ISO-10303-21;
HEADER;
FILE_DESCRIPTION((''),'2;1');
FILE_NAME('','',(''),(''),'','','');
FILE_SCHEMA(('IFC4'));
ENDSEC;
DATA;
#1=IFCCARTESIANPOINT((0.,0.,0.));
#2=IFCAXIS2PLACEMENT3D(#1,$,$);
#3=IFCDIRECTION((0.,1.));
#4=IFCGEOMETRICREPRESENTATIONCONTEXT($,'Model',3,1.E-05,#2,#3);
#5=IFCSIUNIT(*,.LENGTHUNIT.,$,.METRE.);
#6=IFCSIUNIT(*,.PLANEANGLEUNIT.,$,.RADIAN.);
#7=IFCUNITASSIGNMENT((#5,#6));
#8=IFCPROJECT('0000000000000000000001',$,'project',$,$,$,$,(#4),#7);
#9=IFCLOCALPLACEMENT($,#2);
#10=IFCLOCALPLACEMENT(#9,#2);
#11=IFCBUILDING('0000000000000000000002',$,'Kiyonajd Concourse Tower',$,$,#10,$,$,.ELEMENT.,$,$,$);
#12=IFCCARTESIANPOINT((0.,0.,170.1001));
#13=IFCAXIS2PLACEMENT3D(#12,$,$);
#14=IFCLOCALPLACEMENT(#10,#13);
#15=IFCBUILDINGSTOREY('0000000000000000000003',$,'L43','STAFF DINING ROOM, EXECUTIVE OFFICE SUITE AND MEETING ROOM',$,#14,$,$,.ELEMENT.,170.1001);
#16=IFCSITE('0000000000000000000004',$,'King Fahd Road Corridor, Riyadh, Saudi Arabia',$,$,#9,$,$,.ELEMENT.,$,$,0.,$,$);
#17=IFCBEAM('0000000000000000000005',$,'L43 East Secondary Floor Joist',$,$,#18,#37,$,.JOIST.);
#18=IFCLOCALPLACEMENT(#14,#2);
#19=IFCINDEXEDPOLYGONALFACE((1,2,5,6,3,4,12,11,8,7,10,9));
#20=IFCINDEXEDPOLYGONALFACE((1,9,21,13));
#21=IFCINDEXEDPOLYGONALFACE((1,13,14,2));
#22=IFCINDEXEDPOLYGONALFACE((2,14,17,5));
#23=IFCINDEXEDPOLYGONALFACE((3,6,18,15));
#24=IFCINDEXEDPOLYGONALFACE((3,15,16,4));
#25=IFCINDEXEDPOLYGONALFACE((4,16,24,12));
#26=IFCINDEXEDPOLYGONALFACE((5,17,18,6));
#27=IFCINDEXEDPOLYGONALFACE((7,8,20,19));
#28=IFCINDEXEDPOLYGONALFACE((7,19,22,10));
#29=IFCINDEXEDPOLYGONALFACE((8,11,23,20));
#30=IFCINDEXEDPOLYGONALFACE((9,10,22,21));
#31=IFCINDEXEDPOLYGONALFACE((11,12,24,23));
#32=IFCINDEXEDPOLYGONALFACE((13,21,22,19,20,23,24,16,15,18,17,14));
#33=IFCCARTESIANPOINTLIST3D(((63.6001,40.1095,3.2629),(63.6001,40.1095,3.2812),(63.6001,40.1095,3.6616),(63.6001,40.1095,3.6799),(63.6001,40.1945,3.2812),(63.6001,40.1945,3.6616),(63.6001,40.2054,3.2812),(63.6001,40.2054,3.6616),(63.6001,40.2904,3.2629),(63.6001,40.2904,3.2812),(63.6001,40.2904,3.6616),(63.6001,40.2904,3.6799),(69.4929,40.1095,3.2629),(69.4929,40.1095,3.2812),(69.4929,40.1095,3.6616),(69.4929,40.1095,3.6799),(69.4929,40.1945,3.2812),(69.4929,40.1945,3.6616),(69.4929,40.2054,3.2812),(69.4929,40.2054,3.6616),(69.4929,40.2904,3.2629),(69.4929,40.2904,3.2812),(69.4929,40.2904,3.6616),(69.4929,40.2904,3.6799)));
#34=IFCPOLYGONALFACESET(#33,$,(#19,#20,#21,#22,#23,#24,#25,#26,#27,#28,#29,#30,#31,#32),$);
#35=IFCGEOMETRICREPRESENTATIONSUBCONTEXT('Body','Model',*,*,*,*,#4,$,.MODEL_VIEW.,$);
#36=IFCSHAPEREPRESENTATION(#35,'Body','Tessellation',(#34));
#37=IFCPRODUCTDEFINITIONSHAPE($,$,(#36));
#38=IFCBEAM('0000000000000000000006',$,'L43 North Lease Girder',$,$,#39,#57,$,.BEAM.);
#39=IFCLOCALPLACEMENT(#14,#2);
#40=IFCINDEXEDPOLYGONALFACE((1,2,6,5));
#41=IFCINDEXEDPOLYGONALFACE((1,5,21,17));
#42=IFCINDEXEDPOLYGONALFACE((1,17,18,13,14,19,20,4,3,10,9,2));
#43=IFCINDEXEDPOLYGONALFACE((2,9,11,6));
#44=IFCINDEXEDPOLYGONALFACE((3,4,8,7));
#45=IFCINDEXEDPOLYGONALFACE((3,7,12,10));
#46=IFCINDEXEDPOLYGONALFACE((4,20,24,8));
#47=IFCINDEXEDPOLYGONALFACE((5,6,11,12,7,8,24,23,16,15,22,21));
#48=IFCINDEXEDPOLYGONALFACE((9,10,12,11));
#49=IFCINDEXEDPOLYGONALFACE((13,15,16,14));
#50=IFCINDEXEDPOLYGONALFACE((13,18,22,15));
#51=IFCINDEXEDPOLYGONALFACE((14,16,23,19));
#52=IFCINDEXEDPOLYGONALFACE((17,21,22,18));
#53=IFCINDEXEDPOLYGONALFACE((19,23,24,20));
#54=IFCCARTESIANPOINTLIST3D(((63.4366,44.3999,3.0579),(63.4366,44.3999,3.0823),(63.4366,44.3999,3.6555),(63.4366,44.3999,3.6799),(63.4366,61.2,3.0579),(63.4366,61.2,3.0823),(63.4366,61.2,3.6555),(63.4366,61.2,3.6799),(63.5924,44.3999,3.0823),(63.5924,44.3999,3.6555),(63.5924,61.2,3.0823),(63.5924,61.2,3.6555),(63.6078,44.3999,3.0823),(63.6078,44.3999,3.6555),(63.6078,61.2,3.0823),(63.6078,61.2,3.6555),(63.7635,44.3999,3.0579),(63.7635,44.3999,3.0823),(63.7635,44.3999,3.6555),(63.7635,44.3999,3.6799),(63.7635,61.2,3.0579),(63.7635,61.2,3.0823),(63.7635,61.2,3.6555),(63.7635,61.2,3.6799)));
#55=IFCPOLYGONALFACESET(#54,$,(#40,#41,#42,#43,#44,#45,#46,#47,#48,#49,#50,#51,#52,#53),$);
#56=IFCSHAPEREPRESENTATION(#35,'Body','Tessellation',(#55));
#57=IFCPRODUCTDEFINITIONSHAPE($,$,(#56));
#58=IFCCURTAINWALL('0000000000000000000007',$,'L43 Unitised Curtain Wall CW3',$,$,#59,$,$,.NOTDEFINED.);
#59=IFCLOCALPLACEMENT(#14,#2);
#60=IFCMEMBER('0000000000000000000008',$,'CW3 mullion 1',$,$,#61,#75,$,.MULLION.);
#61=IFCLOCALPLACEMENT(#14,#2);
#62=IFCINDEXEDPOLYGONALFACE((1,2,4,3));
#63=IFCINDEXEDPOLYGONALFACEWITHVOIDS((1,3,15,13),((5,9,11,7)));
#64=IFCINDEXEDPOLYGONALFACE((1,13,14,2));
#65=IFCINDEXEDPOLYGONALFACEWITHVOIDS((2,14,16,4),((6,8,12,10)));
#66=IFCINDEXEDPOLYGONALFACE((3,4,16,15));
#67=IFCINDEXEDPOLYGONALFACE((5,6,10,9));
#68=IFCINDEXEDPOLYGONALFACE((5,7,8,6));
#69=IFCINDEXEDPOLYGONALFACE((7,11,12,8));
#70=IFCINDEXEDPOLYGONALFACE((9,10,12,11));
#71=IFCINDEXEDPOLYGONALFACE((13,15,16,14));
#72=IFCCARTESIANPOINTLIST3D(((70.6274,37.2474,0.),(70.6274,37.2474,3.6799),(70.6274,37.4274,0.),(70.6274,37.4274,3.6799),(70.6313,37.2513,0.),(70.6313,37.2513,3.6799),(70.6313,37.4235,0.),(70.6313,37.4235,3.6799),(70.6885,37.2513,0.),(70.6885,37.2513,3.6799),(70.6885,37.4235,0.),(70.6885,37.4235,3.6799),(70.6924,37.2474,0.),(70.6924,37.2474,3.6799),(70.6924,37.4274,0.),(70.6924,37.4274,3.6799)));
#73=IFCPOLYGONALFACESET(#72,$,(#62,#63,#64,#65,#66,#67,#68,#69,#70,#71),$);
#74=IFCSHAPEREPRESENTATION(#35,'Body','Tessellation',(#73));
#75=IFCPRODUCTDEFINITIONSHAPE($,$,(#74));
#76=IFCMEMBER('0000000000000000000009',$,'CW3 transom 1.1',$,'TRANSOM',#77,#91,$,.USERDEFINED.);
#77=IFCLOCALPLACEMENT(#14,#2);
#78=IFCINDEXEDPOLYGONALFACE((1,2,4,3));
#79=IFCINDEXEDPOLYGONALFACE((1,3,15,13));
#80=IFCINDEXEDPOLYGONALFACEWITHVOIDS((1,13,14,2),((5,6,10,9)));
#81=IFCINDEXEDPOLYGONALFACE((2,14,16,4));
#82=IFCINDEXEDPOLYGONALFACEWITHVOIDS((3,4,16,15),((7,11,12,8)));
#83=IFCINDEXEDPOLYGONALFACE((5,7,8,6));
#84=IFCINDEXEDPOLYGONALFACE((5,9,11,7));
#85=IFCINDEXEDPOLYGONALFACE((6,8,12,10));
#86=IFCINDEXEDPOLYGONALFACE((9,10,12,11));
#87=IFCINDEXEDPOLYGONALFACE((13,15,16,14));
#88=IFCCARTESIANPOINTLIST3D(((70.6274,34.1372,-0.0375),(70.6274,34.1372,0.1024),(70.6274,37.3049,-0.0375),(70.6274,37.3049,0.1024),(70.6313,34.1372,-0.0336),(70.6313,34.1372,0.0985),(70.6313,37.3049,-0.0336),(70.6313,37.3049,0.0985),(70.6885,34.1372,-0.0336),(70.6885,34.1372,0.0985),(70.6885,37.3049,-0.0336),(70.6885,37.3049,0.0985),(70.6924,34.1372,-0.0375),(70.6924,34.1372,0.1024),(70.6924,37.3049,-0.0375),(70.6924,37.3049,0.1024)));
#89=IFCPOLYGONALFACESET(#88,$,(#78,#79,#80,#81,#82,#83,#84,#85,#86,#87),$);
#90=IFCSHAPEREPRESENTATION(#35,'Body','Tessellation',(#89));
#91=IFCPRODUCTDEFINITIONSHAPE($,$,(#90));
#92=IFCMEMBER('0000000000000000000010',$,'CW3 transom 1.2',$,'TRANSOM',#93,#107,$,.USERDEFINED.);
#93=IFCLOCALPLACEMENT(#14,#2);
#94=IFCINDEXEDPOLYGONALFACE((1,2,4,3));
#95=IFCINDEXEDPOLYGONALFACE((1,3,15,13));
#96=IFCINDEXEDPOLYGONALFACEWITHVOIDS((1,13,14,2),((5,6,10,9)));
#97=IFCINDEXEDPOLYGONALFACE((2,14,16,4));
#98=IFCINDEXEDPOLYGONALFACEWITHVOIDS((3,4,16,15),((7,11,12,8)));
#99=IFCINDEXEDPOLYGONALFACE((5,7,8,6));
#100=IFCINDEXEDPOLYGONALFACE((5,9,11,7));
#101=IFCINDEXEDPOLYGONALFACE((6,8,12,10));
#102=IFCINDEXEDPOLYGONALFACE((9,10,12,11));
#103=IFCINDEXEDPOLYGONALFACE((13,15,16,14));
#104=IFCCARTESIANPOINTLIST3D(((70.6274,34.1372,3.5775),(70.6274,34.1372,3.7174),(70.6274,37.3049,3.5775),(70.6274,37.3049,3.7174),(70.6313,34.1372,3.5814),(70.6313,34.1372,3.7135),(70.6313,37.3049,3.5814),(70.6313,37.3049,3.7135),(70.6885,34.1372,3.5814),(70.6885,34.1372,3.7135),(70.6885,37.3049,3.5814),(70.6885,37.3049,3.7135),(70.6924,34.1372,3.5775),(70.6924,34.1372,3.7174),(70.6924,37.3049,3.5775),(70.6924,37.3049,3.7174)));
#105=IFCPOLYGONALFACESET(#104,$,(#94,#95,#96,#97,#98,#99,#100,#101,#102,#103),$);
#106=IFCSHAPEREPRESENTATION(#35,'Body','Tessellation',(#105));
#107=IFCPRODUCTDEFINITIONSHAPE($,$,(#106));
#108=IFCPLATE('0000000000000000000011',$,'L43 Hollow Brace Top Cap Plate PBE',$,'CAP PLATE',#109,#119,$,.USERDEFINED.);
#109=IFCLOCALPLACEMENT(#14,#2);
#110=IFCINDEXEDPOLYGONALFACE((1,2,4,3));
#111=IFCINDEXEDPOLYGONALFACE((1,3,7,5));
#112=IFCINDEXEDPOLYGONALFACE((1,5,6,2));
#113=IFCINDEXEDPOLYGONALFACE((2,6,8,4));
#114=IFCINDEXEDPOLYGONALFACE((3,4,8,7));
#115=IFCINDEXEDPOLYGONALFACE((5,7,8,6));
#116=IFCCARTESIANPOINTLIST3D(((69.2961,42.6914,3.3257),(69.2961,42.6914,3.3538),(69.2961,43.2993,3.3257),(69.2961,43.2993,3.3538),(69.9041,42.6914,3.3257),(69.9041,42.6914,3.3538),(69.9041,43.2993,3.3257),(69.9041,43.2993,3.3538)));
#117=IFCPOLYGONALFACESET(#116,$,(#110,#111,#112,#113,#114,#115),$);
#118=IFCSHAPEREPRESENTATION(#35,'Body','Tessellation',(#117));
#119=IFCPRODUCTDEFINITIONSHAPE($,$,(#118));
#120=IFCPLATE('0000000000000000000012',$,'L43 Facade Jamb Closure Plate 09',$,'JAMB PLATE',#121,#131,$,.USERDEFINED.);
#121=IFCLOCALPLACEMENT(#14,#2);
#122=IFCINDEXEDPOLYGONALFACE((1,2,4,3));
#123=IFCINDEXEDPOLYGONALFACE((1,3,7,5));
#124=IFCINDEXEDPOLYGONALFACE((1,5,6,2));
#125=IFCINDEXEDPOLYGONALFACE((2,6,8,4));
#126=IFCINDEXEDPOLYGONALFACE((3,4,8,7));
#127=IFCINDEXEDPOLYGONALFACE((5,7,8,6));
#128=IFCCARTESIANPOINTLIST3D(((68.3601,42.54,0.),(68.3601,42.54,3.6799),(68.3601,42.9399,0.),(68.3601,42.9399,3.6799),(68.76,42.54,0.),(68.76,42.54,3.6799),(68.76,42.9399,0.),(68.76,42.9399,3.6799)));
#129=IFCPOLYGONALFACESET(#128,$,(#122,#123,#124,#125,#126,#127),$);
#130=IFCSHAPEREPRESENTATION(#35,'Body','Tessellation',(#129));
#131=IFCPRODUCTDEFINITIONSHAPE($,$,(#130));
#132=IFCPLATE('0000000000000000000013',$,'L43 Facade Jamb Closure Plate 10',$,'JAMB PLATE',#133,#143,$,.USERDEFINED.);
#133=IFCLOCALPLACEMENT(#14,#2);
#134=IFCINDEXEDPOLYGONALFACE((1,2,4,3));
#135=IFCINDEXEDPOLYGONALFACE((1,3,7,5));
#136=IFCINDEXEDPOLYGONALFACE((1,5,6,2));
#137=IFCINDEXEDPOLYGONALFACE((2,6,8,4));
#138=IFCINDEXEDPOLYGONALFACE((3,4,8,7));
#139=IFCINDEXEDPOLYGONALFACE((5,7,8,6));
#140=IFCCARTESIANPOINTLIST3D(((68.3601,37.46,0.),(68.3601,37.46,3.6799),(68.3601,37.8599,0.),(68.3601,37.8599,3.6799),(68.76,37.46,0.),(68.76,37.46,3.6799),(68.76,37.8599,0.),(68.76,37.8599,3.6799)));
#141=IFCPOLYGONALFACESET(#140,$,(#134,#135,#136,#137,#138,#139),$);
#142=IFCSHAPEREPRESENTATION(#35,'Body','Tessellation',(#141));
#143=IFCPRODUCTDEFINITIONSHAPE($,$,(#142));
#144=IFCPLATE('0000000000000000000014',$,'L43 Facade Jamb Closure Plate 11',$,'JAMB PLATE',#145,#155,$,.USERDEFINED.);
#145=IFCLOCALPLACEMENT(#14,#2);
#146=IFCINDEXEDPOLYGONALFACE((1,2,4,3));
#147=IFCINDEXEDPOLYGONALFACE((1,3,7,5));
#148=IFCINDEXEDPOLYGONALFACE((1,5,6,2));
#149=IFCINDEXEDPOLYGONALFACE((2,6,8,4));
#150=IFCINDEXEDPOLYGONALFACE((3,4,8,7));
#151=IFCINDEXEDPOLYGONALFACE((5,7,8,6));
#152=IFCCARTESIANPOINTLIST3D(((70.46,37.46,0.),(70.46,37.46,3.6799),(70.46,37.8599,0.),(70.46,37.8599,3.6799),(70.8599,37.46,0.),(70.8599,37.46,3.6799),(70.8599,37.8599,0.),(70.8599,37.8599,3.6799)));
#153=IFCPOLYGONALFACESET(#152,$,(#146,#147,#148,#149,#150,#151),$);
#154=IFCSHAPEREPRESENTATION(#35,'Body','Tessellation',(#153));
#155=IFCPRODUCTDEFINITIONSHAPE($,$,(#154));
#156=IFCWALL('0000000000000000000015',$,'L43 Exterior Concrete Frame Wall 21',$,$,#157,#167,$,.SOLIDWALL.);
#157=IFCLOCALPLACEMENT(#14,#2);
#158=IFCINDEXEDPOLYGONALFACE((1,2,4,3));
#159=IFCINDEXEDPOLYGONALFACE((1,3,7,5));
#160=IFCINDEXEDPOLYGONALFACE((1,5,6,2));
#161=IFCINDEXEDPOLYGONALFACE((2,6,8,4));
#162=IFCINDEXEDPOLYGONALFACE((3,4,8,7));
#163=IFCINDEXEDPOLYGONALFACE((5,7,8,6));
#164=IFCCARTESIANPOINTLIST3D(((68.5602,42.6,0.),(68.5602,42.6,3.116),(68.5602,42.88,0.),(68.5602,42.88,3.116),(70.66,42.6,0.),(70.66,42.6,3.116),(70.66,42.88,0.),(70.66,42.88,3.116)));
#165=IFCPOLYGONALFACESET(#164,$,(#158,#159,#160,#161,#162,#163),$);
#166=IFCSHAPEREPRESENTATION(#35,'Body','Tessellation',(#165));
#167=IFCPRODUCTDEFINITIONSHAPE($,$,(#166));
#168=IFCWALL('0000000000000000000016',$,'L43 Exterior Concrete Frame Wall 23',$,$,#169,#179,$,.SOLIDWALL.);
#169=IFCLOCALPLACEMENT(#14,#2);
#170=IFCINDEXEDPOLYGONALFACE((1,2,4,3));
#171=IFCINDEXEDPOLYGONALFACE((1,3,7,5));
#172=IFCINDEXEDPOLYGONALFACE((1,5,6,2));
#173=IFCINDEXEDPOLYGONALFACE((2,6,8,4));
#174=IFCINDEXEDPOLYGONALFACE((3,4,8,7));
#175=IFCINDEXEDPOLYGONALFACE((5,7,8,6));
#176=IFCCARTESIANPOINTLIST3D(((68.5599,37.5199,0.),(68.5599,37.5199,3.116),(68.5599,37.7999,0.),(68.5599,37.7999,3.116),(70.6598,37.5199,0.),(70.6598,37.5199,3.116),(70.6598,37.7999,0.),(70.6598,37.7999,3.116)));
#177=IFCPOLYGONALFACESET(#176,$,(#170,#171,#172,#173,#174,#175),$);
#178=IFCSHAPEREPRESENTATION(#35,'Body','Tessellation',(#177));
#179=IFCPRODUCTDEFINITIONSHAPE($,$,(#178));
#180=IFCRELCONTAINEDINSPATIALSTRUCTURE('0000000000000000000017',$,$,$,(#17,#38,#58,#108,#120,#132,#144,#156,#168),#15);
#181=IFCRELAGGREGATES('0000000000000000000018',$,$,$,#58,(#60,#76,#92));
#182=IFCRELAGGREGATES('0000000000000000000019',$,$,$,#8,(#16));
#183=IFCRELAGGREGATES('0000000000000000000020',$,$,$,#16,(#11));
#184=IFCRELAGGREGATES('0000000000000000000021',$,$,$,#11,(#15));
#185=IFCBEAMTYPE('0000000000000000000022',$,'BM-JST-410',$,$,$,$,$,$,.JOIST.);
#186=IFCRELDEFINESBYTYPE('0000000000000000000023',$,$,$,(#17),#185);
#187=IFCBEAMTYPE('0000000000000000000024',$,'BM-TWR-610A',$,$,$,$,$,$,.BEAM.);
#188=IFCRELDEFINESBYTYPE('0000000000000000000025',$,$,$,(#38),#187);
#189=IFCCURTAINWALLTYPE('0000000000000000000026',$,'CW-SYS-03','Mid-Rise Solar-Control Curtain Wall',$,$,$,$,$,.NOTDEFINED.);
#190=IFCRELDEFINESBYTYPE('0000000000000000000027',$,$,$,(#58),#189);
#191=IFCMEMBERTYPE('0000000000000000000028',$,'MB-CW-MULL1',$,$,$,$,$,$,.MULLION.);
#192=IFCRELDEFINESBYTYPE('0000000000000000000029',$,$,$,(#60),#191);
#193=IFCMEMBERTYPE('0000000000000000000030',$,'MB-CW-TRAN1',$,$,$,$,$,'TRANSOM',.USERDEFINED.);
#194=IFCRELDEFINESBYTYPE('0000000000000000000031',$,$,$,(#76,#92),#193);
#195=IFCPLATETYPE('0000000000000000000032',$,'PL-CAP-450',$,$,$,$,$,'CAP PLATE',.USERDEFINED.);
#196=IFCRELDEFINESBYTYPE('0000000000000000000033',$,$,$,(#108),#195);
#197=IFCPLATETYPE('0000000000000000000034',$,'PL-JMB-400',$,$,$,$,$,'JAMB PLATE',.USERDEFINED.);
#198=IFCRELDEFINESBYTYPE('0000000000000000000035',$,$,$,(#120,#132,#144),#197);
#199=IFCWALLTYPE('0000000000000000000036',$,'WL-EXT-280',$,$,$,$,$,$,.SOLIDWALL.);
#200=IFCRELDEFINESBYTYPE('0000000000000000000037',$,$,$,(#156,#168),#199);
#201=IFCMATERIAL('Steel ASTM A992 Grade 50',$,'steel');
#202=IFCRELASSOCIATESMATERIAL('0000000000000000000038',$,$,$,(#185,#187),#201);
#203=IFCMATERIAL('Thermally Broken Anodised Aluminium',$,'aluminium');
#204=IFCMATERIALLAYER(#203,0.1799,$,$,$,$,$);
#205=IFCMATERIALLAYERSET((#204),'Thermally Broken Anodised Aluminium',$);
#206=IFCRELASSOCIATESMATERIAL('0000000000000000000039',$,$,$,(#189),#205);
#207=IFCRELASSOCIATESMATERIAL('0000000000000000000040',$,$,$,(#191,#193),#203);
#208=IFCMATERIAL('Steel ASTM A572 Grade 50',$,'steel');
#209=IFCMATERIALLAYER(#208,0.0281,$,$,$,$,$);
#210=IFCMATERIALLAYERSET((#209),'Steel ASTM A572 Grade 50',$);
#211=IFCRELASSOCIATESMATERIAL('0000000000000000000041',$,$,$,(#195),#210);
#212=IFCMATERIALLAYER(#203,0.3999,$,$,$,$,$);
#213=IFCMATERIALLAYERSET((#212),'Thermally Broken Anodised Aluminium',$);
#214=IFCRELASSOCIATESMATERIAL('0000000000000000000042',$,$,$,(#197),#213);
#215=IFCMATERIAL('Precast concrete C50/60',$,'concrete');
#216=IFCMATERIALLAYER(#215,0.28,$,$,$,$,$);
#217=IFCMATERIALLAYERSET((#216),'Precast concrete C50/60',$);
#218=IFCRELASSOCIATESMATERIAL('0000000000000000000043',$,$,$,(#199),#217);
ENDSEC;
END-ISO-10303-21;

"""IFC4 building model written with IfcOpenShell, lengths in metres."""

from ifc_helpers import new_model, si_unit, direction, frame, frame_2d, origin, origin_2d, place, context, subcontext, project, spatial, rectangle, hollow_rectangle, i_section, extrude, material, layer, layer_set, material_profile, profile_set, type_object, element, aggregate, save


model = new_model("IFC4")

# Units and contexts
model_context = context("Model", 3, precision=1e-05, world=origin(), true_north=direction((0.0, 1.0)))
body_context = subcontext(model_context, "Body", "Model", "MODEL_VIEW")
ifc_project = project(units=[si_unit("LENGTHUNIT", "METRE"), si_unit("PLANEANGLEUNIT", "RADIAN")], contexts=[model_context])

# Site, building, storey
site_placement = place(None, origin())
site = spatial("IfcSite", under=ifc_project, at=site_placement, Name="King Fahd Road Corridor, Riyadh, Saudi Arabia", CompositionType="ELEMENT", RefElevation=0.0)
building_placement = place(site_placement, origin())
building = spatial("IfcBuilding", under=site, at=building_placement, Name="Kiyonajd Concourse Tower", CompositionType="ELEMENT")
storey_placement = place(building_placement, frame((0.0, 0.0, 170.1001)))
storey = spatial("IfcBuildingStorey", under=building, at=storey_placement, Name="L43", Description="STAFF DINING ROOM, EXECUTIVE OFFICE SUITE AND MEETING ROOM", CompositionType="ELEMENT", Elevation=170.1001)

# Beams
ifc_material_1 = material(Name="Steel ASTM A992 Grade 50", Category="steel")
ifc_material_profile_1 = material_profile(ifc_material_1, i_section(OverallWidth=0.1809, OverallDepth=0.417, WebThickness=0.011, FlangeThickness=0.0183, at=origin_2d()), Name="W410X85")
ifc_profile_set_1 = profile_set([ifc_material_profile_1], Name="Steel ASTM A992 Grade 50")
beam_type_1 = type_object("IfcBeamType", Name="BM-JST-410", PredefinedType="JOIST", material=ifc_profile_set_1)
beam_1_placement = place(storey_placement, frame((63.6001, 40.2, 3.4714), z_axis=(1.0, 0.0, 0.0), x_axis=(0.0, 1.0, 0.0)))
element("IfcBeam", 1, at=beam_1_placement, inside=storey, type_object=beam_type_1, Name="L43 East Secondary Floor Joist", PredefinedType="JOIST", context=body_context, shape_type="SweptSolid", body=[
    extrude(i_section(OverallWidth=0.1809, OverallDepth=0.417, WebThickness=0.011, FlangeThickness=0.0183, at=origin_2d()), origin(), (0.0, 0.0, 1.0), 5.8928),
])
ifc_material_profile_2 = material_profile(ifc_material_1, i_section(OverallWidth=0.3269, OverallDepth=0.6221, WebThickness=0.0154, FlangeThickness=0.0244, at=origin_2d()), Name="W610X195")
ifc_profile_set_2 = profile_set([ifc_material_profile_2], Name="Steel ASTM A992 Grade 50")
beam_type_2 = type_object("IfcBeamType", Name="BM-TWR-610A", PredefinedType="BEAM", material=ifc_profile_set_2)
beam_2_placement = place(storey_placement, frame((63.6001, 44.3999, 3.3689), z_axis=(0.0, 1.0, 0.0), x_axis=(-1.0, 0.0, 0.0)))
element("IfcBeam", 2, at=beam_2_placement, inside=storey, type_object=beam_type_2, Name="L43 North Lease Girder", PredefinedType="BEAM", context=body_context, shape_type="SweptSolid", body=[
    extrude(i_section(OverallWidth=0.3269, OverallDepth=0.6221, WebThickness=0.0154, FlangeThickness=0.0244, at=origin_2d()), origin(), (0.0, 0.0, 1.0), 16.8),
])

# Curtain wall, members
ifc_material_2 = material(Name="Thermally Broken Anodised Aluminium", Category="aluminium")
ifc_layer_1 = layer(ifc_material_2, 0.1799)
ifc_layer_set_1 = layer_set([ifc_layer_1], Name="Thermally Broken Anodised Aluminium")
curtain_wall_type = type_object("IfcCurtainWallType", Name="CW-SYS-03", Description="Mid-Rise Solar-Control Curtain Wall", PredefinedType="NOTDEFINED", material=ifc_layer_set_1)
curtain_wall_placement = place(storey_placement, origin())
curtain_wall = element("IfcCurtainWall", 3, at=curtain_wall_placement, inside=storey, type_object=curtain_wall_type, Name="L43 Unitised Curtain Wall CW3", PredefinedType="NOTDEFINED")
ifc_material_profile_3 = material_profile(ifc_material_2, hollow_rectangle(XDim=0.0649, YDim=0.1799, WallThickness=0.0039, at=origin_2d()), Name="MULL-65x180")
ifc_profile_set_3 = profile_set([ifc_material_profile_3], Name="Thermally Broken Anodised Aluminium")
member_type_1 = type_object("IfcMemberType", Name="MB-CW-MULL1", PredefinedType="MULLION", material=ifc_profile_set_3)
member_1_placement = place(storey_placement, frame((70.6599, 37.3374, 0.0), z_axis=(0.0, 0.0, 1.0), x_axis=(1.0, 0.0, 0.0)))
member_1 = element("IfcMember", 4, at=member_1_placement, type_object=member_type_1, Name="CW3 mullion 1", PredefinedType="MULLION", context=body_context, shape_type="SweptSolid", body=[
    extrude(hollow_rectangle(XDim=0.0649, YDim=0.1799, WallThickness=0.0039, at=origin_2d()), origin(), (0.0, 0.0, 1.0), 3.6799),
])
ifc_material_profile_4 = material_profile(ifc_material_2, hollow_rectangle(XDim=0.0649, YDim=0.1399, WallThickness=0.0039, at=origin_2d()), Name="TRAN-65x140")
ifc_profile_set_4 = profile_set([ifc_material_profile_4], Name="Thermally Broken Anodised Aluminium")
member_type_2 = type_object("IfcMemberType", Name="MB-CW-TRAN1", ElementType="TRANSOM", PredefinedType="USERDEFINED", material=ifc_profile_set_4)
member_2_placement = place(storey_placement, frame((70.6599, 37.3049, 0.0325), z_axis=(0.0, -1.0, 0.0), x_axis=(1.0, 0.0, 0.0)))
member_2 = element("IfcMember", 5, at=member_2_placement, type_object=member_type_2, Name="CW3 transom 1.1", ObjectType="TRANSOM", PredefinedType="USERDEFINED", context=body_context, shape_type="SweptSolid", body=[
    extrude(hollow_rectangle(XDim=0.0649, YDim=0.1399, WallThickness=0.0039, at=origin_2d()), origin(), (0.0, 0.0, 1.0), 3.1677),
])
member_3_placement = place(storey_placement, frame((70.6599, 37.3049, 3.6475), z_axis=(0.0, -1.0, 0.0), x_axis=(1.0, 0.0, 0.0)))
member_3 = element("IfcMember", 6, at=member_3_placement, type_object=member_type_2, Name="CW3 transom 1.2", ObjectType="TRANSOM", PredefinedType="USERDEFINED", context=body_context, shape_type="SweptSolid", body=[
    extrude(hollow_rectangle(XDim=0.0649, YDim=0.1399, WallThickness=0.0039, at=origin_2d()), origin(), (0.0, 0.0, 1.0), 3.1677),
])
aggregate(curtain_wall, [member_1, member_2, member_3])

# Plates
ifc_material_3 = material(Name="Steel ASTM A572 Grade 50", Category="steel")
ifc_layer_2 = layer(ifc_material_3, 0.0281)
ifc_layer_set_2 = layer_set([ifc_layer_2], Name="Steel ASTM A572 Grade 50")
plate_type_1 = type_object("IfcPlateType", Name="PL-CAP-450", ElementType="CAP PLATE", PredefinedType="USERDEFINED", material=ifc_layer_set_2)
plate_placement = place(storey_placement, frame((69.6001, 42.9954, 3.3257), z_axis=(0.0, 0.0, 1.0), x_axis=(1.0, 0.0, 0.0)))
element("IfcPlate", 7, at=plate_placement, inside=storey, type_object=plate_type_1, Name="L43 Hollow Brace Top Cap Plate PBE", ObjectType="CAP PLATE", PredefinedType="USERDEFINED", context=body_context, shape_type="SweptSolid", body=[
    extrude(rectangle(XDim=0.6079, YDim=0.6079, at=origin_2d()), origin(), (0.0, 0.0, 1.0), 0.0281),
])
ifc_layer_3 = layer(ifc_material_2, 0.3999)
ifc_layer_set_3 = layer_set([ifc_layer_3], Name="Thermally Broken Anodised Aluminium")
plate_type_2 = type_object("IfcPlateType", Name="PL-JMB-400", ElementType="JAMB PLATE", PredefinedType="USERDEFINED", material=ifc_layer_set_3)
for number, where, z_axis, x_axis, name in (
    (8, (68.5601, 42.74, 0.0), (0.0, 0.0, 1.0), (1.0, 0.0, 0.0), "L43 Facade Jamb Closure Plate 09"),
    (9, (68.5601, 37.6599, 0.0), (0.0, 0.0, 1.0), (1.0, 0.0, 0.0), "L43 Facade Jamb Closure Plate 10"),
    (10, (70.6599, 37.6599, 0.0), (0.0, 0.0, 1.0), (1.0, 0.0, 0.0), "L43 Facade Jamb Closure Plate 11"),
):
    element("IfcPlate", number, at=place(storey_placement, frame(where, z_axis=z_axis, x_axis=x_axis)), inside=storey, type_object=plate_type_2, Name=name, ObjectType="JAMB PLATE", PredefinedType="USERDEFINED", context=body_context, shape_type="SweptSolid", body=[
        extrude(rectangle(XDim=0.3999, YDim=0.3999, at=origin_2d()), origin(), (0.0, 0.0, 1.0), 3.6799),
    ])

# Walls
ifc_material_4 = material(Name="Precast concrete C50/60", Category="concrete")
ifc_layer_4 = layer(ifc_material_4, 0.28)
ifc_layer_set_4 = layer_set([ifc_layer_4], Name="Precast concrete C50/60")
wall_type_1 = type_object("IfcWallType", Name="WL-EXT-280", PredefinedType="SOLIDWALL", material=ifc_layer_set_4)
for number, where, z_axis, x_axis, name in (
    (11, (70.6599, 42.74, 0.0), (0.0, 0.0, 1.0), (-1.0, 0.0, 0.0), "L43 Exterior Concrete Frame Wall 21"),
    (12, (68.5601, 37.6599, 0.0), (0.0, 0.0, 1.0), (1.0, 0.0, 0.0), "L43 Exterior Concrete Frame Wall 23"),
):
    element("IfcWall", number, at=place(storey_placement, frame(where, z_axis=z_axis, x_axis=x_axis)), inside=storey, type_object=wall_type_1, Name=name, PredefinedType="SOLIDWALL", context=body_context, shape_type="SweptSolid", body=[
        extrude(rectangle(XDim=2.0999, YDim=0.28, at=frame_2d((1.0498, 0.0))), origin(), (0.0, 0.0, 1.0), 3.116),
    ])

save(model, "model.ifc")
